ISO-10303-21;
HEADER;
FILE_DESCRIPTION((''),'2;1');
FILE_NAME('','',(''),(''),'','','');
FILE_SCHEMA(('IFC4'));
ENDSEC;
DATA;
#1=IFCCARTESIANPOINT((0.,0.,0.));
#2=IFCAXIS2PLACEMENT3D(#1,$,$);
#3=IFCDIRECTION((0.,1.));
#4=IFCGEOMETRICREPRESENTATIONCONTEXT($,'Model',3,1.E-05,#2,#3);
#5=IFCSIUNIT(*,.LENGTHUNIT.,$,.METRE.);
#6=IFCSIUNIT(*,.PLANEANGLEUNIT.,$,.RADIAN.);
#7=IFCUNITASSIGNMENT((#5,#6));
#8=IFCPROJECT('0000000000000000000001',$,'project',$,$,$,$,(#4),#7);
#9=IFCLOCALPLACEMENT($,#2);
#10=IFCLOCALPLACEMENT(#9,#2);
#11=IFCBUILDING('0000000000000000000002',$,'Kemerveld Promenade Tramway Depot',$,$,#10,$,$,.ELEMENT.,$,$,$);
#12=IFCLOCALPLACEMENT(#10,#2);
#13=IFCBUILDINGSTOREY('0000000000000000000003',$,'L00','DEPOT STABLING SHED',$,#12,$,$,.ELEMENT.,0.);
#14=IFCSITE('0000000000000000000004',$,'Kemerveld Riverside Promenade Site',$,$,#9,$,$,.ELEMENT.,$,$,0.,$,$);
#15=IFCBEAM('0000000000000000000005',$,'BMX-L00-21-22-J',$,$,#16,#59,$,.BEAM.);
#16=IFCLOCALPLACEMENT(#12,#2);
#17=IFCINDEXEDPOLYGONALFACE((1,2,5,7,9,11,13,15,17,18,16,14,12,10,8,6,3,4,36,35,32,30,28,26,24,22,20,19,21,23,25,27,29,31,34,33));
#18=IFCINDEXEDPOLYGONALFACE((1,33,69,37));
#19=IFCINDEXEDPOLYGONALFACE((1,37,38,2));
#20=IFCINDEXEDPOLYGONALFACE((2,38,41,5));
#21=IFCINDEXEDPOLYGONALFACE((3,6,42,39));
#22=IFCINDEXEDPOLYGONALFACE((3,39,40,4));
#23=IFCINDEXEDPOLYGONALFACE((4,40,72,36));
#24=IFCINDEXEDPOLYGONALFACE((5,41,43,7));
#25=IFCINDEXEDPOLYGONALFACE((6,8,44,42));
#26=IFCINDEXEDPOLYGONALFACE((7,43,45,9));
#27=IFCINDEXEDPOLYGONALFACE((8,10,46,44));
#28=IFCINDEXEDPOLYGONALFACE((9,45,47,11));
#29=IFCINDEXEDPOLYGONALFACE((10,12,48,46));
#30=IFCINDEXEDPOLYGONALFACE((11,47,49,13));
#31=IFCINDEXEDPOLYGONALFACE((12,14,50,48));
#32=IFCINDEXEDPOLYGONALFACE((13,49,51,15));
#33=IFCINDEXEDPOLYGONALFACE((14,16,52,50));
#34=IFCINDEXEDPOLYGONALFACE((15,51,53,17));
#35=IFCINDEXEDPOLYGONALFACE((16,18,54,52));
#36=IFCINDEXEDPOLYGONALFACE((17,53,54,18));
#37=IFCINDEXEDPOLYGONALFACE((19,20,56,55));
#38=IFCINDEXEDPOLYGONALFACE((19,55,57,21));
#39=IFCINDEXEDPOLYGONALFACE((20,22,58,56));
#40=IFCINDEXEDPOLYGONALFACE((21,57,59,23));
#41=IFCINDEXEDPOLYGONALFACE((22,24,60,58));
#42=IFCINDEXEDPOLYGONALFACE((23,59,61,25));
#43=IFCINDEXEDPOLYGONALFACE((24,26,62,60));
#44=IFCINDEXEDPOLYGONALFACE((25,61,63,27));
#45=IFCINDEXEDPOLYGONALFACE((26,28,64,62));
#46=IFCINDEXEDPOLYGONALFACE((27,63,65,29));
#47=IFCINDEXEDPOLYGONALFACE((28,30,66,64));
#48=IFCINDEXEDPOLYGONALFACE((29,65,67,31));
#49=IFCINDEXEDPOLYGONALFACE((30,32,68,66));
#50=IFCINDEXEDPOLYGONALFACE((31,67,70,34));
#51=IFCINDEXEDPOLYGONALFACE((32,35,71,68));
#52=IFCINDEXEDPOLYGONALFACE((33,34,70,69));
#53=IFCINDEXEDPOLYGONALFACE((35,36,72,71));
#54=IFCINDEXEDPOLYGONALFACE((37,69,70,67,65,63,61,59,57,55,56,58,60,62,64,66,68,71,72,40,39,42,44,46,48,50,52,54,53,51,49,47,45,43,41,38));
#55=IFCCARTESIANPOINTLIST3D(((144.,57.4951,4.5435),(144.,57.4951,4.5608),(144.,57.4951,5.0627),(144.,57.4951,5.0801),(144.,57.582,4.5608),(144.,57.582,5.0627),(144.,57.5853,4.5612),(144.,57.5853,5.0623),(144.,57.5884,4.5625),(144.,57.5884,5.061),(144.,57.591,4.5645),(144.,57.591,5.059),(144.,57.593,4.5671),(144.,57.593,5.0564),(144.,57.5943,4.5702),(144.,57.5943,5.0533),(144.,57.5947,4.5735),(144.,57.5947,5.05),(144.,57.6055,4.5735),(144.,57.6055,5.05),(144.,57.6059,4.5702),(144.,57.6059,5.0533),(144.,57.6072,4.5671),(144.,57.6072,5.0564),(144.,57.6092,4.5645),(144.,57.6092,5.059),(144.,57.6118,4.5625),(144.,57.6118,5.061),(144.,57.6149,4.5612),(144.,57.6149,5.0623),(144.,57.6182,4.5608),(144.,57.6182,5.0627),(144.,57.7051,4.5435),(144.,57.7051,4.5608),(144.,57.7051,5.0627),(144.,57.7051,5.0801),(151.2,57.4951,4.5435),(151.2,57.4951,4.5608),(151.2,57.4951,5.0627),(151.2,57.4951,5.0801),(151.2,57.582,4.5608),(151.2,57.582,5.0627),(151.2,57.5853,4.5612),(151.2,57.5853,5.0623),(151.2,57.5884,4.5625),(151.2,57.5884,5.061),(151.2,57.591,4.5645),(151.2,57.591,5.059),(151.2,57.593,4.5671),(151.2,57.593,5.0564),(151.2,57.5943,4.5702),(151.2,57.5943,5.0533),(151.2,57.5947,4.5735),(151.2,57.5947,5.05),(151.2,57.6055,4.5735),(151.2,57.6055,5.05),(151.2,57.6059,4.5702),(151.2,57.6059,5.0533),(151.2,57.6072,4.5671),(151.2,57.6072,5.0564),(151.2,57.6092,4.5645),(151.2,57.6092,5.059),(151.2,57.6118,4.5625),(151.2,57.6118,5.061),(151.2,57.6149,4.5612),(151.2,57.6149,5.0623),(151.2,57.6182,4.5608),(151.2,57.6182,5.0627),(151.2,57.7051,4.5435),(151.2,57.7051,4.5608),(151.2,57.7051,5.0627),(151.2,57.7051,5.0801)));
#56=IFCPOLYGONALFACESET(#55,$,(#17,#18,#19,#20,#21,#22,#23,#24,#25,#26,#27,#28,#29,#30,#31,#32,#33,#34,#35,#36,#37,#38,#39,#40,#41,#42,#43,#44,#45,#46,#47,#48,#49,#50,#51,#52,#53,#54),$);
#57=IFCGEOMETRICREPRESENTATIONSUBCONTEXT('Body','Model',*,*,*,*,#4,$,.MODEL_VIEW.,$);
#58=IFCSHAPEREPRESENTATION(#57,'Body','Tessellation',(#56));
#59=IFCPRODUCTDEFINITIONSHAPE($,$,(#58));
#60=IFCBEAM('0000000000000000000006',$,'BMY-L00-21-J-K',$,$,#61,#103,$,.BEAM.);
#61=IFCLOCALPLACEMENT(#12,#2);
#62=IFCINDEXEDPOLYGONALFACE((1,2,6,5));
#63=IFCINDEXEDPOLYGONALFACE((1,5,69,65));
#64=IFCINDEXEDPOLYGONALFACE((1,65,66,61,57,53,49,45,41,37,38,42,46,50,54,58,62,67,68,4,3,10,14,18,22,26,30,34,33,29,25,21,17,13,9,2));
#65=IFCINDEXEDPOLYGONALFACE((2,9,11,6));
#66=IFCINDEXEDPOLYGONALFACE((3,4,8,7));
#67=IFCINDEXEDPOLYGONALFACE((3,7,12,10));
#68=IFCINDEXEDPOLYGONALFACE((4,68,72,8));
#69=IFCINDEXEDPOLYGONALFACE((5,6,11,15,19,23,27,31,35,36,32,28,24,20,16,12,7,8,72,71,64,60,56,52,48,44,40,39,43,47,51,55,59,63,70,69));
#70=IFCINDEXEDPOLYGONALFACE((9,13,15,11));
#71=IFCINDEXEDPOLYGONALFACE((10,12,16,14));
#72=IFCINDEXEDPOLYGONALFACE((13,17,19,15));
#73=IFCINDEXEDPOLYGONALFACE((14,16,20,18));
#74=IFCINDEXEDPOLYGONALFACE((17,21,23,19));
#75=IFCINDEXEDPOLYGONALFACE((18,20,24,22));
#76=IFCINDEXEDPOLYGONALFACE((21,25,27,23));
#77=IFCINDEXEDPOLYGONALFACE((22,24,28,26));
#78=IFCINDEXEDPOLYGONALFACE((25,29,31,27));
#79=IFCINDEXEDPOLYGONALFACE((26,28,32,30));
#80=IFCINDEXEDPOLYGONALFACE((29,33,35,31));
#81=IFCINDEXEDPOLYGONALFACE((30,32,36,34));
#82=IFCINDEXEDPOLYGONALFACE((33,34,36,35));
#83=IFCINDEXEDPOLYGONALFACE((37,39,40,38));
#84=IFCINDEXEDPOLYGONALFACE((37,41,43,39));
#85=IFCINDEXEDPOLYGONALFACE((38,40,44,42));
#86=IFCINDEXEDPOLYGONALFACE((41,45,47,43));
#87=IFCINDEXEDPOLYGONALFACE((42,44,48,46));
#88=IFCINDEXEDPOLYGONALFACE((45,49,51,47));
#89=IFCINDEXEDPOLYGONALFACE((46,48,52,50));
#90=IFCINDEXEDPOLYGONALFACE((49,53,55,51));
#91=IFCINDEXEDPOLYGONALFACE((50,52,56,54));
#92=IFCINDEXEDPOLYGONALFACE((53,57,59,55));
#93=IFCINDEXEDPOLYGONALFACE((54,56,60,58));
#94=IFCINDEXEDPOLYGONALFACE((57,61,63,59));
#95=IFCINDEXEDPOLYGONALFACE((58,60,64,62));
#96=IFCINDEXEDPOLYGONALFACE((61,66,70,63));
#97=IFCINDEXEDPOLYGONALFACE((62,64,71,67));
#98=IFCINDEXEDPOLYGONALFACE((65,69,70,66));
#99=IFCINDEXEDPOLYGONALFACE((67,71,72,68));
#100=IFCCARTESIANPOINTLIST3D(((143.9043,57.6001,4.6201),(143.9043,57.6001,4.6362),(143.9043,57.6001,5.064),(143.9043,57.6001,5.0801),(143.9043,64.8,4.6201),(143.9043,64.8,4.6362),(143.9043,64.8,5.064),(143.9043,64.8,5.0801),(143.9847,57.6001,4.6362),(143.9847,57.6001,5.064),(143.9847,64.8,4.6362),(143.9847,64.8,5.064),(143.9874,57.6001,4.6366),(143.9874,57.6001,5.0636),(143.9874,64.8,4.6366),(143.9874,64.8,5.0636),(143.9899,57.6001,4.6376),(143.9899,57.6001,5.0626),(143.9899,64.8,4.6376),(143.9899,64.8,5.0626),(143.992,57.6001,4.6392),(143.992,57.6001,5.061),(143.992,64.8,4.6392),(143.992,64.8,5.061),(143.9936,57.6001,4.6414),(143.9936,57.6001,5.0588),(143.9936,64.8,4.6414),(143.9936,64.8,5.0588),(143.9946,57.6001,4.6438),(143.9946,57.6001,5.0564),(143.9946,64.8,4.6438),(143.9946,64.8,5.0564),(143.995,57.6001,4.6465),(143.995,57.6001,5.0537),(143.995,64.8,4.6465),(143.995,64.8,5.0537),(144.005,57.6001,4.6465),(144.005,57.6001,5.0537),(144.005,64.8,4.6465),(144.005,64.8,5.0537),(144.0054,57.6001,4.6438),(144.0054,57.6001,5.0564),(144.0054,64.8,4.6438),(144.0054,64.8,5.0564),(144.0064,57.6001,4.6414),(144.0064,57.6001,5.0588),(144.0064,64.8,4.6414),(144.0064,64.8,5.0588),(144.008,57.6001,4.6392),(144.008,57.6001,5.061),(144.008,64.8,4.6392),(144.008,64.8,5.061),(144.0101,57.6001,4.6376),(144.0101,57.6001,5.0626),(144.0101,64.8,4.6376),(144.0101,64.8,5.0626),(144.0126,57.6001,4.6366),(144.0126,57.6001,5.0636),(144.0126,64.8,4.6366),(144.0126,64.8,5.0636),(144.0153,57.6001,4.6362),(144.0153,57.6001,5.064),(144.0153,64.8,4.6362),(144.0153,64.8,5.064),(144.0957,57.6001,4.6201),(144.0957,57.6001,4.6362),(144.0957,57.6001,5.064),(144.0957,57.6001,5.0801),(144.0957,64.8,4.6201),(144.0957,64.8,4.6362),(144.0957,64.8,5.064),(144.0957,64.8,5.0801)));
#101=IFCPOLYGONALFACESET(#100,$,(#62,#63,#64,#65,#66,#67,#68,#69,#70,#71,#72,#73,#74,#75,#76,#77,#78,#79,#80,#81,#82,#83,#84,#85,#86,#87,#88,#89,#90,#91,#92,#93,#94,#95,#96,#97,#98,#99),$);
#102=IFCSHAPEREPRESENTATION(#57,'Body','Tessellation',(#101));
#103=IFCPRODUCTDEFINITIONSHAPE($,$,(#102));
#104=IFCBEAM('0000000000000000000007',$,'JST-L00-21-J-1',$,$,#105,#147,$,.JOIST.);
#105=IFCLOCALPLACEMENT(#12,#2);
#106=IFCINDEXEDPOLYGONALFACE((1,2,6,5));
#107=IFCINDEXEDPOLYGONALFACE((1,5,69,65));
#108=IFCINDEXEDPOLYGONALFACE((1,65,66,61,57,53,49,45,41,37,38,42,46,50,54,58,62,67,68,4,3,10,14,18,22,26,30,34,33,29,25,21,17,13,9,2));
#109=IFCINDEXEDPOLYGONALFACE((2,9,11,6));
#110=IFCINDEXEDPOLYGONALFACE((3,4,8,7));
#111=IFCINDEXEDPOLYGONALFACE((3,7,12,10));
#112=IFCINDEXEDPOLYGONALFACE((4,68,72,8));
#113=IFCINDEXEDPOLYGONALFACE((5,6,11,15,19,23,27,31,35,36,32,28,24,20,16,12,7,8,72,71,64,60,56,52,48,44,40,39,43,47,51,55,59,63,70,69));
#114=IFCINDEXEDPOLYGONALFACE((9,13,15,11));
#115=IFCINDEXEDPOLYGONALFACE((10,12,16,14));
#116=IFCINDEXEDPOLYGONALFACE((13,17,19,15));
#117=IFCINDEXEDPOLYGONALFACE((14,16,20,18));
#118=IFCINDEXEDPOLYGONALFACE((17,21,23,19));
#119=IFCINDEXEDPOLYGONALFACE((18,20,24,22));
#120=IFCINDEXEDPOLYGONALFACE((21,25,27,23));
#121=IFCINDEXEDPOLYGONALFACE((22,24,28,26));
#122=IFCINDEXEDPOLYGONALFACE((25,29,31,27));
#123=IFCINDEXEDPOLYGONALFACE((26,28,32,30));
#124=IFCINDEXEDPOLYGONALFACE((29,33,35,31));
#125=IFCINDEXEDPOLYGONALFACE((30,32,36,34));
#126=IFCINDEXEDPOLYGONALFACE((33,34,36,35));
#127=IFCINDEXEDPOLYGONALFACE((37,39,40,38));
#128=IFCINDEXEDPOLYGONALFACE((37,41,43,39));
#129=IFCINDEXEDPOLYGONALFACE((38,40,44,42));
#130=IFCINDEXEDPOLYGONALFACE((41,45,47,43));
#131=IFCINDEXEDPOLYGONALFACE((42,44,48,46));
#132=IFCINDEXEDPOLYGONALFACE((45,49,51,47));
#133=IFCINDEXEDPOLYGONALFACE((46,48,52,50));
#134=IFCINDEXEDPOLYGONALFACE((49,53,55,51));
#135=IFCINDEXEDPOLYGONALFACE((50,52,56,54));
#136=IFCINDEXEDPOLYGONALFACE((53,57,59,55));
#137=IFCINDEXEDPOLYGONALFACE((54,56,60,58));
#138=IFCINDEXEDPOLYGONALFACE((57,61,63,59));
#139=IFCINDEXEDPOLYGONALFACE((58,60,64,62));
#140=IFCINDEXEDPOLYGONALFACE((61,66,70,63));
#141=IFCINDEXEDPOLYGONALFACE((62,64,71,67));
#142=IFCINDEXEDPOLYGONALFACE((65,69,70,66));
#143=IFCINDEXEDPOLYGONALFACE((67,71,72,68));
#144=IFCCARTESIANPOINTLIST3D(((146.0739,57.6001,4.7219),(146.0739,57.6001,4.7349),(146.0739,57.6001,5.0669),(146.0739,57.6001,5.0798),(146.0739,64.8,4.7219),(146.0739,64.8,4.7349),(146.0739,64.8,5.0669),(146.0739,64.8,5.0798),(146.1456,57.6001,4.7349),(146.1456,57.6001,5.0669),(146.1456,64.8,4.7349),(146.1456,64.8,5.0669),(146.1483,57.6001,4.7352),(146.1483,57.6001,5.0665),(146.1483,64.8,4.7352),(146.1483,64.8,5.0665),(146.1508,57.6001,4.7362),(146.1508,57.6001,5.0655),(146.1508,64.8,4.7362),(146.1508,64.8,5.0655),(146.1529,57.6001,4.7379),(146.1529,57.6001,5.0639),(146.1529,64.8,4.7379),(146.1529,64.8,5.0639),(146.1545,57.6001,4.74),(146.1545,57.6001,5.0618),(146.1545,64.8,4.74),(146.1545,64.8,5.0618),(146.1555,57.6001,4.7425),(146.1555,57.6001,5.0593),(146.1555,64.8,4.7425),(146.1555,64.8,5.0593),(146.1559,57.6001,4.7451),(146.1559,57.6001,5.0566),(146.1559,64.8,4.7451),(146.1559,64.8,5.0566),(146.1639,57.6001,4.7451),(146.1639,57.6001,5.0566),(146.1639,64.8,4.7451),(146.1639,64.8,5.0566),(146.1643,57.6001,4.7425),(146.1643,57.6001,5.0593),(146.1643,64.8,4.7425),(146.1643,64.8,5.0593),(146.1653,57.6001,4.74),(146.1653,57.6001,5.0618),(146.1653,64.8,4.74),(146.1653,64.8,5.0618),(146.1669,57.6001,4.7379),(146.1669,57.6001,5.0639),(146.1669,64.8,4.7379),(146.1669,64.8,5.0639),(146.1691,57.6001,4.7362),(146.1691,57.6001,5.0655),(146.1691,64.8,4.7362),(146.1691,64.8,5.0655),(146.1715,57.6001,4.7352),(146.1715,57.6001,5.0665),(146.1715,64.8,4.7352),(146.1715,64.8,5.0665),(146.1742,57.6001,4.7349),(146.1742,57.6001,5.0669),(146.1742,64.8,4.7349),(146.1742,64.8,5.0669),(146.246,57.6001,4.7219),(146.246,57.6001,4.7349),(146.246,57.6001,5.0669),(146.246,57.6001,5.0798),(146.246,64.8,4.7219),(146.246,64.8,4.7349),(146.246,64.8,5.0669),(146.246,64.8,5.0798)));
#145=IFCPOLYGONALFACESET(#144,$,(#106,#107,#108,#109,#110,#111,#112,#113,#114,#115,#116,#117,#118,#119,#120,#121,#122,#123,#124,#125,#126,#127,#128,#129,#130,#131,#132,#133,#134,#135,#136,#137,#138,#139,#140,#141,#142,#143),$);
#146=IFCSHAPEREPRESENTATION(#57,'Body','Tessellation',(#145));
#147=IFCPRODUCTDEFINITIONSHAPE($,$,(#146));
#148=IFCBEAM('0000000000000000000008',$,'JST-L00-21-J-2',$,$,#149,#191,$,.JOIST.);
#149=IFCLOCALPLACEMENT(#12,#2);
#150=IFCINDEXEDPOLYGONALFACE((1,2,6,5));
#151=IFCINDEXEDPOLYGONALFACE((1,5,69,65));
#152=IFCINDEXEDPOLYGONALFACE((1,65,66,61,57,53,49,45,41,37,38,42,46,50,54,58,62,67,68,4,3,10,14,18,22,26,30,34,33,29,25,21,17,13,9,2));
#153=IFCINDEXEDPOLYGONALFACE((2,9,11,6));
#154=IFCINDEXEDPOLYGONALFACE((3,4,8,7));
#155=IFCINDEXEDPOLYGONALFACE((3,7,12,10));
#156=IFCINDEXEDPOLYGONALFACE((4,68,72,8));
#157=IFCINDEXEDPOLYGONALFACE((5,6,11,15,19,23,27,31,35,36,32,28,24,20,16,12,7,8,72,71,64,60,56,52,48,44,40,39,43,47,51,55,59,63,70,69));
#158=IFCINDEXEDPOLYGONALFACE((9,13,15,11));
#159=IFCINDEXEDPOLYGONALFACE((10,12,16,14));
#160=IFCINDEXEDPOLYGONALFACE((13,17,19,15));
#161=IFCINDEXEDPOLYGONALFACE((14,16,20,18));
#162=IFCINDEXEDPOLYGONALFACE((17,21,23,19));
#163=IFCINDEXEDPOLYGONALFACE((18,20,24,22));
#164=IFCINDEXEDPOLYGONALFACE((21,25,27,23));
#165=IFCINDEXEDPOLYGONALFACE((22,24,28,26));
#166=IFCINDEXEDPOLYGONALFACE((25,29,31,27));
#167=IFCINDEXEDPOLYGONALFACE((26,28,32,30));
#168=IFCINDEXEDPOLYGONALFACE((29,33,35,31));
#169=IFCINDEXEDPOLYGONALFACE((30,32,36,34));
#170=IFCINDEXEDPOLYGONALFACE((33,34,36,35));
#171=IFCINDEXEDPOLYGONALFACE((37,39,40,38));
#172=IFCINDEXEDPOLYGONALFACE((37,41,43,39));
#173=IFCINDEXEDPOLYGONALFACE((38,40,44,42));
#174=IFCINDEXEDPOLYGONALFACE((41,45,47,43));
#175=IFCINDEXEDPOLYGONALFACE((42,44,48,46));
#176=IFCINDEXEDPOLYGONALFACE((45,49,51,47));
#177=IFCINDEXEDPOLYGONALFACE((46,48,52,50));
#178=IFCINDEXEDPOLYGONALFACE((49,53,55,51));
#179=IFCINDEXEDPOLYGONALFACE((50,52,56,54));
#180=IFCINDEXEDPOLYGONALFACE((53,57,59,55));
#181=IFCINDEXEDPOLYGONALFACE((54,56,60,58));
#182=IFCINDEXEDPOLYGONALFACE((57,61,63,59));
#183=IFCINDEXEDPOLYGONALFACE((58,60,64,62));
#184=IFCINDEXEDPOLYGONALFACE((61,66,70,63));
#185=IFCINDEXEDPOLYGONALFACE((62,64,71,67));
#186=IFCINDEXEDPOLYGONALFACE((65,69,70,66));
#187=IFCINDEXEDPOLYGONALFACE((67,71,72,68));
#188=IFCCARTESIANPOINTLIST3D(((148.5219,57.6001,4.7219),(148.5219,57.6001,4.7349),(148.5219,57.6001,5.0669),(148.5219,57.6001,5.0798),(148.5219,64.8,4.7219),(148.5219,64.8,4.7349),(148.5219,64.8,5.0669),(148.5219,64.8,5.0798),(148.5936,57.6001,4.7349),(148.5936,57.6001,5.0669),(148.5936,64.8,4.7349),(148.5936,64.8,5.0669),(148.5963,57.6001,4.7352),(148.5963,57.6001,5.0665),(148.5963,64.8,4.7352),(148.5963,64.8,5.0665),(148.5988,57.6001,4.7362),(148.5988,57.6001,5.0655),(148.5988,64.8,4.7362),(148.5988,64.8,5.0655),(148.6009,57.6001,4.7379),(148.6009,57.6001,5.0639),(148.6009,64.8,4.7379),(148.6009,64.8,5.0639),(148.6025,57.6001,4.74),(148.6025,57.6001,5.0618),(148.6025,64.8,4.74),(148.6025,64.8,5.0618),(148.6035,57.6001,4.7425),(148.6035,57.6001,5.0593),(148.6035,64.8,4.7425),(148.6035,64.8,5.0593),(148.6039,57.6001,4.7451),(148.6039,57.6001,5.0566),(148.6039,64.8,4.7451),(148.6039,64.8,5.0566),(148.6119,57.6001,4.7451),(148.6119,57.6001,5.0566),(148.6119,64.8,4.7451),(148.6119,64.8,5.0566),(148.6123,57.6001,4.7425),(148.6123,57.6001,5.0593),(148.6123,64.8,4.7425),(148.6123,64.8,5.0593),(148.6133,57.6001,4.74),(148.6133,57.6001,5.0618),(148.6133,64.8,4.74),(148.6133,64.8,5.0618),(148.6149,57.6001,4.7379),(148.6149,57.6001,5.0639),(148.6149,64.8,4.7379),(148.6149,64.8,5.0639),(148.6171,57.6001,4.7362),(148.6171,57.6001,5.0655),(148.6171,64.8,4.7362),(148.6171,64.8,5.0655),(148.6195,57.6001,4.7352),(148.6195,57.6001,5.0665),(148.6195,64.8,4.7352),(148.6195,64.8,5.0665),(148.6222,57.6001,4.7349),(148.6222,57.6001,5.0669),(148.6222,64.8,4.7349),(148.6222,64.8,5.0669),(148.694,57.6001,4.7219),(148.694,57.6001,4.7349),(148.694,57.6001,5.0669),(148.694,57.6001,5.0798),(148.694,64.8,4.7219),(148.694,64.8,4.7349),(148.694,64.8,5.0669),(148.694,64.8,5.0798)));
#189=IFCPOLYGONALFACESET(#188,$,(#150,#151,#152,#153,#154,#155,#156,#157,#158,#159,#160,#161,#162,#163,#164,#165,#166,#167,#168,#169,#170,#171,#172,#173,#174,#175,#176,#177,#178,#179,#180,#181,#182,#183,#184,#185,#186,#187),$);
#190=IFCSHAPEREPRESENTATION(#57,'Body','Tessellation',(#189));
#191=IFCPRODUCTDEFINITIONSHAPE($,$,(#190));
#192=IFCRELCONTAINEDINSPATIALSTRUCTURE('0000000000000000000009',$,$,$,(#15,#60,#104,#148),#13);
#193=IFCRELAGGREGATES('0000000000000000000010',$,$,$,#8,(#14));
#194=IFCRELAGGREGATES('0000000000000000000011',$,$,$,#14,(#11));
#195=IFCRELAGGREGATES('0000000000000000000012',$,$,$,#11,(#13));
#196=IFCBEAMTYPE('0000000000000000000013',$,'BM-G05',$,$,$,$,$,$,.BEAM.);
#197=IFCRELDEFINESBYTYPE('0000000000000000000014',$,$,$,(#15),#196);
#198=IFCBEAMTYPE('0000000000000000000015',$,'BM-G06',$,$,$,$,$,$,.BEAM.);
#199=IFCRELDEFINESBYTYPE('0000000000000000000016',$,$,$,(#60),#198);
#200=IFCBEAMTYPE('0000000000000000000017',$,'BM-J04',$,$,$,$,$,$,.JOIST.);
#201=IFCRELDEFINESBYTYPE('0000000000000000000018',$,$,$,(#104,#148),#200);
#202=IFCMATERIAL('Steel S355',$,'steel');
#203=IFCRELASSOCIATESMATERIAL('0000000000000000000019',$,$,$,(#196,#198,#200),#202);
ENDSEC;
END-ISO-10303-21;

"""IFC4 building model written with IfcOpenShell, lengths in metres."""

from ifc_helpers import new_model, si_unit, direction, frame, origin, origin_2d, place, context, subcontext, project, spatial, i_section, extrude, material, material_profile, profile_set, type_object, element, save


model = new_model("IFC4")

# Units and contexts
model_context = context("Model", 3, precision=1e-05, world=origin(), true_north=direction((0.0, 1.0)))
body_context = subcontext(model_context, "Body", "Model", "MODEL_VIEW")
ifc_project = project(units=[si_unit("LENGTHUNIT", "METRE"), si_unit("PLANEANGLEUNIT", "RADIAN")], contexts=[model_context])

# Site, building, storey
site_placement = place(None, origin())
site = spatial("IfcSite", under=ifc_project, at=site_placement, Name="Kemerveld Riverside Promenade Site", CompositionType="ELEMENT", RefElevation=0.0)
building_placement = place(site_placement, origin())
building = spatial("IfcBuilding", under=site, at=building_placement, Name="Kemerveld Promenade Tramway Depot", CompositionType="ELEMENT")
storey_placement = place(building_placement, origin())
storey = spatial("IfcBuildingStorey", under=building, at=storey_placement, Name="L00", Description="DEPOT STABLING SHED", CompositionType="ELEMENT", Elevation=0.0)

# Beams
ifc_material_1 = material(Name="Steel S355", Category="steel")
ifc_material_profile_1 = material_profile(ifc_material_1, i_section(OverallWidth=0.21, OverallDepth=0.5366, WebThickness=0.0107, FlangeThickness=0.0173, FilletRadius=0.0127, at=origin_2d()), Name="533x210x101 UB")
ifc_profile_set_1 = profile_set([ifc_material_profile_1], Name="Steel S355")
beam_type_1 = type_object("IfcBeamType", Name="BM-G05", PredefinedType="BEAM", material=ifc_profile_set_1)
beam_1_placement = place(storey_placement, frame((144.0, 57.6001, 4.8118), z_axis=(1.0, 0.0, 0.0), x_axis=(0.0, 1.0, 0.0)))
element("IfcBeam", 1, at=beam_1_placement, inside=storey, type_object=beam_type_1, Name="BMX-L00-21-22-J", PredefinedType="BEAM", context=body_context, shape_type="SweptSolid", body=[
    extrude(i_section(OverallWidth=0.21, OverallDepth=0.5366, WebThickness=0.0107, FlangeThickness=0.0173, FilletRadius=0.0127, at=origin_2d()), origin(), (0.0, 0.0, 1.0), 7.2),
])
ifc_material_profile_2 = material_profile(ifc_material_1, i_section(OverallWidth=0.1914, OverallDepth=0.46, WebThickness=0.01, FlangeThickness=0.0161, FilletRadius=0.0103, at=origin_2d()), Name="457x191x82 UB")
ifc_profile_set_2 = profile_set([ifc_material_profile_2], Name="Steel S355")
beam_type_2 = type_object("IfcBeamType", Name="BM-G06", PredefinedType="BEAM", material=ifc_profile_set_2)
beam_2_placement = place(storey_placement, frame((144.0, 57.6001, 4.8501), z_axis=(0.0, 1.0, 0.0), x_axis=(-1.0, 0.0, 0.0)))
element("IfcBeam", 2, at=beam_2_placement, inside=storey, type_object=beam_type_2, Name="BMY-L00-21-J-K", PredefinedType="BEAM", context=body_context, shape_type="SweptSolid", body=[
    extrude(i_section(OverallWidth=0.1914, OverallDepth=0.46, WebThickness=0.01, FlangeThickness=0.0161, FilletRadius=0.0103, at=origin_2d()), origin(), (0.0, 0.0, 1.0), 7.2),
])
ifc_material_profile_3 = material_profile(ifc_material_1, i_section(OverallWidth=0.1721, OverallDepth=0.3579, WebThickness=0.0081, FlangeThickness=0.0129, FilletRadius=0.0103, at=origin_2d()), Name="356x171x57 UB")
ifc_profile_set_3 = profile_set([ifc_material_profile_3], Name="Steel S355")
beam_type_3 = type_object("IfcBeamType", Name="BM-J04", PredefinedType="JOIST", material=ifc_profile_set_3)
for number, where, z_axis, x_axis, name in (
    (3, (146.1599, 57.6001, 4.9009), (0.0, 1.0, 0.0), (-1.0, 0.0, 0.0), "JST-L00-21-J-1"),
    (4, (148.6079, 57.6001, 4.9009), (0.0, 1.0, 0.0), (-1.0, 0.0, 0.0), "JST-L00-21-J-2"),
):
    element("IfcBeam", number, at=place(storey_placement, frame(where, z_axis=z_axis, x_axis=x_axis)), inside=storey, type_object=beam_type_3, Name=name, PredefinedType="JOIST", context=body_context, shape_type="SweptSolid", body=[
        extrude(i_section(OverallWidth=0.1721, OverallDepth=0.3579, WebThickness=0.0081, FlangeThickness=0.0129, FilletRadius=0.0103, at=origin_2d()), origin(), (0.0, 0.0, 1.0), 7.2),
    ])

save(model, "model.ifc")
